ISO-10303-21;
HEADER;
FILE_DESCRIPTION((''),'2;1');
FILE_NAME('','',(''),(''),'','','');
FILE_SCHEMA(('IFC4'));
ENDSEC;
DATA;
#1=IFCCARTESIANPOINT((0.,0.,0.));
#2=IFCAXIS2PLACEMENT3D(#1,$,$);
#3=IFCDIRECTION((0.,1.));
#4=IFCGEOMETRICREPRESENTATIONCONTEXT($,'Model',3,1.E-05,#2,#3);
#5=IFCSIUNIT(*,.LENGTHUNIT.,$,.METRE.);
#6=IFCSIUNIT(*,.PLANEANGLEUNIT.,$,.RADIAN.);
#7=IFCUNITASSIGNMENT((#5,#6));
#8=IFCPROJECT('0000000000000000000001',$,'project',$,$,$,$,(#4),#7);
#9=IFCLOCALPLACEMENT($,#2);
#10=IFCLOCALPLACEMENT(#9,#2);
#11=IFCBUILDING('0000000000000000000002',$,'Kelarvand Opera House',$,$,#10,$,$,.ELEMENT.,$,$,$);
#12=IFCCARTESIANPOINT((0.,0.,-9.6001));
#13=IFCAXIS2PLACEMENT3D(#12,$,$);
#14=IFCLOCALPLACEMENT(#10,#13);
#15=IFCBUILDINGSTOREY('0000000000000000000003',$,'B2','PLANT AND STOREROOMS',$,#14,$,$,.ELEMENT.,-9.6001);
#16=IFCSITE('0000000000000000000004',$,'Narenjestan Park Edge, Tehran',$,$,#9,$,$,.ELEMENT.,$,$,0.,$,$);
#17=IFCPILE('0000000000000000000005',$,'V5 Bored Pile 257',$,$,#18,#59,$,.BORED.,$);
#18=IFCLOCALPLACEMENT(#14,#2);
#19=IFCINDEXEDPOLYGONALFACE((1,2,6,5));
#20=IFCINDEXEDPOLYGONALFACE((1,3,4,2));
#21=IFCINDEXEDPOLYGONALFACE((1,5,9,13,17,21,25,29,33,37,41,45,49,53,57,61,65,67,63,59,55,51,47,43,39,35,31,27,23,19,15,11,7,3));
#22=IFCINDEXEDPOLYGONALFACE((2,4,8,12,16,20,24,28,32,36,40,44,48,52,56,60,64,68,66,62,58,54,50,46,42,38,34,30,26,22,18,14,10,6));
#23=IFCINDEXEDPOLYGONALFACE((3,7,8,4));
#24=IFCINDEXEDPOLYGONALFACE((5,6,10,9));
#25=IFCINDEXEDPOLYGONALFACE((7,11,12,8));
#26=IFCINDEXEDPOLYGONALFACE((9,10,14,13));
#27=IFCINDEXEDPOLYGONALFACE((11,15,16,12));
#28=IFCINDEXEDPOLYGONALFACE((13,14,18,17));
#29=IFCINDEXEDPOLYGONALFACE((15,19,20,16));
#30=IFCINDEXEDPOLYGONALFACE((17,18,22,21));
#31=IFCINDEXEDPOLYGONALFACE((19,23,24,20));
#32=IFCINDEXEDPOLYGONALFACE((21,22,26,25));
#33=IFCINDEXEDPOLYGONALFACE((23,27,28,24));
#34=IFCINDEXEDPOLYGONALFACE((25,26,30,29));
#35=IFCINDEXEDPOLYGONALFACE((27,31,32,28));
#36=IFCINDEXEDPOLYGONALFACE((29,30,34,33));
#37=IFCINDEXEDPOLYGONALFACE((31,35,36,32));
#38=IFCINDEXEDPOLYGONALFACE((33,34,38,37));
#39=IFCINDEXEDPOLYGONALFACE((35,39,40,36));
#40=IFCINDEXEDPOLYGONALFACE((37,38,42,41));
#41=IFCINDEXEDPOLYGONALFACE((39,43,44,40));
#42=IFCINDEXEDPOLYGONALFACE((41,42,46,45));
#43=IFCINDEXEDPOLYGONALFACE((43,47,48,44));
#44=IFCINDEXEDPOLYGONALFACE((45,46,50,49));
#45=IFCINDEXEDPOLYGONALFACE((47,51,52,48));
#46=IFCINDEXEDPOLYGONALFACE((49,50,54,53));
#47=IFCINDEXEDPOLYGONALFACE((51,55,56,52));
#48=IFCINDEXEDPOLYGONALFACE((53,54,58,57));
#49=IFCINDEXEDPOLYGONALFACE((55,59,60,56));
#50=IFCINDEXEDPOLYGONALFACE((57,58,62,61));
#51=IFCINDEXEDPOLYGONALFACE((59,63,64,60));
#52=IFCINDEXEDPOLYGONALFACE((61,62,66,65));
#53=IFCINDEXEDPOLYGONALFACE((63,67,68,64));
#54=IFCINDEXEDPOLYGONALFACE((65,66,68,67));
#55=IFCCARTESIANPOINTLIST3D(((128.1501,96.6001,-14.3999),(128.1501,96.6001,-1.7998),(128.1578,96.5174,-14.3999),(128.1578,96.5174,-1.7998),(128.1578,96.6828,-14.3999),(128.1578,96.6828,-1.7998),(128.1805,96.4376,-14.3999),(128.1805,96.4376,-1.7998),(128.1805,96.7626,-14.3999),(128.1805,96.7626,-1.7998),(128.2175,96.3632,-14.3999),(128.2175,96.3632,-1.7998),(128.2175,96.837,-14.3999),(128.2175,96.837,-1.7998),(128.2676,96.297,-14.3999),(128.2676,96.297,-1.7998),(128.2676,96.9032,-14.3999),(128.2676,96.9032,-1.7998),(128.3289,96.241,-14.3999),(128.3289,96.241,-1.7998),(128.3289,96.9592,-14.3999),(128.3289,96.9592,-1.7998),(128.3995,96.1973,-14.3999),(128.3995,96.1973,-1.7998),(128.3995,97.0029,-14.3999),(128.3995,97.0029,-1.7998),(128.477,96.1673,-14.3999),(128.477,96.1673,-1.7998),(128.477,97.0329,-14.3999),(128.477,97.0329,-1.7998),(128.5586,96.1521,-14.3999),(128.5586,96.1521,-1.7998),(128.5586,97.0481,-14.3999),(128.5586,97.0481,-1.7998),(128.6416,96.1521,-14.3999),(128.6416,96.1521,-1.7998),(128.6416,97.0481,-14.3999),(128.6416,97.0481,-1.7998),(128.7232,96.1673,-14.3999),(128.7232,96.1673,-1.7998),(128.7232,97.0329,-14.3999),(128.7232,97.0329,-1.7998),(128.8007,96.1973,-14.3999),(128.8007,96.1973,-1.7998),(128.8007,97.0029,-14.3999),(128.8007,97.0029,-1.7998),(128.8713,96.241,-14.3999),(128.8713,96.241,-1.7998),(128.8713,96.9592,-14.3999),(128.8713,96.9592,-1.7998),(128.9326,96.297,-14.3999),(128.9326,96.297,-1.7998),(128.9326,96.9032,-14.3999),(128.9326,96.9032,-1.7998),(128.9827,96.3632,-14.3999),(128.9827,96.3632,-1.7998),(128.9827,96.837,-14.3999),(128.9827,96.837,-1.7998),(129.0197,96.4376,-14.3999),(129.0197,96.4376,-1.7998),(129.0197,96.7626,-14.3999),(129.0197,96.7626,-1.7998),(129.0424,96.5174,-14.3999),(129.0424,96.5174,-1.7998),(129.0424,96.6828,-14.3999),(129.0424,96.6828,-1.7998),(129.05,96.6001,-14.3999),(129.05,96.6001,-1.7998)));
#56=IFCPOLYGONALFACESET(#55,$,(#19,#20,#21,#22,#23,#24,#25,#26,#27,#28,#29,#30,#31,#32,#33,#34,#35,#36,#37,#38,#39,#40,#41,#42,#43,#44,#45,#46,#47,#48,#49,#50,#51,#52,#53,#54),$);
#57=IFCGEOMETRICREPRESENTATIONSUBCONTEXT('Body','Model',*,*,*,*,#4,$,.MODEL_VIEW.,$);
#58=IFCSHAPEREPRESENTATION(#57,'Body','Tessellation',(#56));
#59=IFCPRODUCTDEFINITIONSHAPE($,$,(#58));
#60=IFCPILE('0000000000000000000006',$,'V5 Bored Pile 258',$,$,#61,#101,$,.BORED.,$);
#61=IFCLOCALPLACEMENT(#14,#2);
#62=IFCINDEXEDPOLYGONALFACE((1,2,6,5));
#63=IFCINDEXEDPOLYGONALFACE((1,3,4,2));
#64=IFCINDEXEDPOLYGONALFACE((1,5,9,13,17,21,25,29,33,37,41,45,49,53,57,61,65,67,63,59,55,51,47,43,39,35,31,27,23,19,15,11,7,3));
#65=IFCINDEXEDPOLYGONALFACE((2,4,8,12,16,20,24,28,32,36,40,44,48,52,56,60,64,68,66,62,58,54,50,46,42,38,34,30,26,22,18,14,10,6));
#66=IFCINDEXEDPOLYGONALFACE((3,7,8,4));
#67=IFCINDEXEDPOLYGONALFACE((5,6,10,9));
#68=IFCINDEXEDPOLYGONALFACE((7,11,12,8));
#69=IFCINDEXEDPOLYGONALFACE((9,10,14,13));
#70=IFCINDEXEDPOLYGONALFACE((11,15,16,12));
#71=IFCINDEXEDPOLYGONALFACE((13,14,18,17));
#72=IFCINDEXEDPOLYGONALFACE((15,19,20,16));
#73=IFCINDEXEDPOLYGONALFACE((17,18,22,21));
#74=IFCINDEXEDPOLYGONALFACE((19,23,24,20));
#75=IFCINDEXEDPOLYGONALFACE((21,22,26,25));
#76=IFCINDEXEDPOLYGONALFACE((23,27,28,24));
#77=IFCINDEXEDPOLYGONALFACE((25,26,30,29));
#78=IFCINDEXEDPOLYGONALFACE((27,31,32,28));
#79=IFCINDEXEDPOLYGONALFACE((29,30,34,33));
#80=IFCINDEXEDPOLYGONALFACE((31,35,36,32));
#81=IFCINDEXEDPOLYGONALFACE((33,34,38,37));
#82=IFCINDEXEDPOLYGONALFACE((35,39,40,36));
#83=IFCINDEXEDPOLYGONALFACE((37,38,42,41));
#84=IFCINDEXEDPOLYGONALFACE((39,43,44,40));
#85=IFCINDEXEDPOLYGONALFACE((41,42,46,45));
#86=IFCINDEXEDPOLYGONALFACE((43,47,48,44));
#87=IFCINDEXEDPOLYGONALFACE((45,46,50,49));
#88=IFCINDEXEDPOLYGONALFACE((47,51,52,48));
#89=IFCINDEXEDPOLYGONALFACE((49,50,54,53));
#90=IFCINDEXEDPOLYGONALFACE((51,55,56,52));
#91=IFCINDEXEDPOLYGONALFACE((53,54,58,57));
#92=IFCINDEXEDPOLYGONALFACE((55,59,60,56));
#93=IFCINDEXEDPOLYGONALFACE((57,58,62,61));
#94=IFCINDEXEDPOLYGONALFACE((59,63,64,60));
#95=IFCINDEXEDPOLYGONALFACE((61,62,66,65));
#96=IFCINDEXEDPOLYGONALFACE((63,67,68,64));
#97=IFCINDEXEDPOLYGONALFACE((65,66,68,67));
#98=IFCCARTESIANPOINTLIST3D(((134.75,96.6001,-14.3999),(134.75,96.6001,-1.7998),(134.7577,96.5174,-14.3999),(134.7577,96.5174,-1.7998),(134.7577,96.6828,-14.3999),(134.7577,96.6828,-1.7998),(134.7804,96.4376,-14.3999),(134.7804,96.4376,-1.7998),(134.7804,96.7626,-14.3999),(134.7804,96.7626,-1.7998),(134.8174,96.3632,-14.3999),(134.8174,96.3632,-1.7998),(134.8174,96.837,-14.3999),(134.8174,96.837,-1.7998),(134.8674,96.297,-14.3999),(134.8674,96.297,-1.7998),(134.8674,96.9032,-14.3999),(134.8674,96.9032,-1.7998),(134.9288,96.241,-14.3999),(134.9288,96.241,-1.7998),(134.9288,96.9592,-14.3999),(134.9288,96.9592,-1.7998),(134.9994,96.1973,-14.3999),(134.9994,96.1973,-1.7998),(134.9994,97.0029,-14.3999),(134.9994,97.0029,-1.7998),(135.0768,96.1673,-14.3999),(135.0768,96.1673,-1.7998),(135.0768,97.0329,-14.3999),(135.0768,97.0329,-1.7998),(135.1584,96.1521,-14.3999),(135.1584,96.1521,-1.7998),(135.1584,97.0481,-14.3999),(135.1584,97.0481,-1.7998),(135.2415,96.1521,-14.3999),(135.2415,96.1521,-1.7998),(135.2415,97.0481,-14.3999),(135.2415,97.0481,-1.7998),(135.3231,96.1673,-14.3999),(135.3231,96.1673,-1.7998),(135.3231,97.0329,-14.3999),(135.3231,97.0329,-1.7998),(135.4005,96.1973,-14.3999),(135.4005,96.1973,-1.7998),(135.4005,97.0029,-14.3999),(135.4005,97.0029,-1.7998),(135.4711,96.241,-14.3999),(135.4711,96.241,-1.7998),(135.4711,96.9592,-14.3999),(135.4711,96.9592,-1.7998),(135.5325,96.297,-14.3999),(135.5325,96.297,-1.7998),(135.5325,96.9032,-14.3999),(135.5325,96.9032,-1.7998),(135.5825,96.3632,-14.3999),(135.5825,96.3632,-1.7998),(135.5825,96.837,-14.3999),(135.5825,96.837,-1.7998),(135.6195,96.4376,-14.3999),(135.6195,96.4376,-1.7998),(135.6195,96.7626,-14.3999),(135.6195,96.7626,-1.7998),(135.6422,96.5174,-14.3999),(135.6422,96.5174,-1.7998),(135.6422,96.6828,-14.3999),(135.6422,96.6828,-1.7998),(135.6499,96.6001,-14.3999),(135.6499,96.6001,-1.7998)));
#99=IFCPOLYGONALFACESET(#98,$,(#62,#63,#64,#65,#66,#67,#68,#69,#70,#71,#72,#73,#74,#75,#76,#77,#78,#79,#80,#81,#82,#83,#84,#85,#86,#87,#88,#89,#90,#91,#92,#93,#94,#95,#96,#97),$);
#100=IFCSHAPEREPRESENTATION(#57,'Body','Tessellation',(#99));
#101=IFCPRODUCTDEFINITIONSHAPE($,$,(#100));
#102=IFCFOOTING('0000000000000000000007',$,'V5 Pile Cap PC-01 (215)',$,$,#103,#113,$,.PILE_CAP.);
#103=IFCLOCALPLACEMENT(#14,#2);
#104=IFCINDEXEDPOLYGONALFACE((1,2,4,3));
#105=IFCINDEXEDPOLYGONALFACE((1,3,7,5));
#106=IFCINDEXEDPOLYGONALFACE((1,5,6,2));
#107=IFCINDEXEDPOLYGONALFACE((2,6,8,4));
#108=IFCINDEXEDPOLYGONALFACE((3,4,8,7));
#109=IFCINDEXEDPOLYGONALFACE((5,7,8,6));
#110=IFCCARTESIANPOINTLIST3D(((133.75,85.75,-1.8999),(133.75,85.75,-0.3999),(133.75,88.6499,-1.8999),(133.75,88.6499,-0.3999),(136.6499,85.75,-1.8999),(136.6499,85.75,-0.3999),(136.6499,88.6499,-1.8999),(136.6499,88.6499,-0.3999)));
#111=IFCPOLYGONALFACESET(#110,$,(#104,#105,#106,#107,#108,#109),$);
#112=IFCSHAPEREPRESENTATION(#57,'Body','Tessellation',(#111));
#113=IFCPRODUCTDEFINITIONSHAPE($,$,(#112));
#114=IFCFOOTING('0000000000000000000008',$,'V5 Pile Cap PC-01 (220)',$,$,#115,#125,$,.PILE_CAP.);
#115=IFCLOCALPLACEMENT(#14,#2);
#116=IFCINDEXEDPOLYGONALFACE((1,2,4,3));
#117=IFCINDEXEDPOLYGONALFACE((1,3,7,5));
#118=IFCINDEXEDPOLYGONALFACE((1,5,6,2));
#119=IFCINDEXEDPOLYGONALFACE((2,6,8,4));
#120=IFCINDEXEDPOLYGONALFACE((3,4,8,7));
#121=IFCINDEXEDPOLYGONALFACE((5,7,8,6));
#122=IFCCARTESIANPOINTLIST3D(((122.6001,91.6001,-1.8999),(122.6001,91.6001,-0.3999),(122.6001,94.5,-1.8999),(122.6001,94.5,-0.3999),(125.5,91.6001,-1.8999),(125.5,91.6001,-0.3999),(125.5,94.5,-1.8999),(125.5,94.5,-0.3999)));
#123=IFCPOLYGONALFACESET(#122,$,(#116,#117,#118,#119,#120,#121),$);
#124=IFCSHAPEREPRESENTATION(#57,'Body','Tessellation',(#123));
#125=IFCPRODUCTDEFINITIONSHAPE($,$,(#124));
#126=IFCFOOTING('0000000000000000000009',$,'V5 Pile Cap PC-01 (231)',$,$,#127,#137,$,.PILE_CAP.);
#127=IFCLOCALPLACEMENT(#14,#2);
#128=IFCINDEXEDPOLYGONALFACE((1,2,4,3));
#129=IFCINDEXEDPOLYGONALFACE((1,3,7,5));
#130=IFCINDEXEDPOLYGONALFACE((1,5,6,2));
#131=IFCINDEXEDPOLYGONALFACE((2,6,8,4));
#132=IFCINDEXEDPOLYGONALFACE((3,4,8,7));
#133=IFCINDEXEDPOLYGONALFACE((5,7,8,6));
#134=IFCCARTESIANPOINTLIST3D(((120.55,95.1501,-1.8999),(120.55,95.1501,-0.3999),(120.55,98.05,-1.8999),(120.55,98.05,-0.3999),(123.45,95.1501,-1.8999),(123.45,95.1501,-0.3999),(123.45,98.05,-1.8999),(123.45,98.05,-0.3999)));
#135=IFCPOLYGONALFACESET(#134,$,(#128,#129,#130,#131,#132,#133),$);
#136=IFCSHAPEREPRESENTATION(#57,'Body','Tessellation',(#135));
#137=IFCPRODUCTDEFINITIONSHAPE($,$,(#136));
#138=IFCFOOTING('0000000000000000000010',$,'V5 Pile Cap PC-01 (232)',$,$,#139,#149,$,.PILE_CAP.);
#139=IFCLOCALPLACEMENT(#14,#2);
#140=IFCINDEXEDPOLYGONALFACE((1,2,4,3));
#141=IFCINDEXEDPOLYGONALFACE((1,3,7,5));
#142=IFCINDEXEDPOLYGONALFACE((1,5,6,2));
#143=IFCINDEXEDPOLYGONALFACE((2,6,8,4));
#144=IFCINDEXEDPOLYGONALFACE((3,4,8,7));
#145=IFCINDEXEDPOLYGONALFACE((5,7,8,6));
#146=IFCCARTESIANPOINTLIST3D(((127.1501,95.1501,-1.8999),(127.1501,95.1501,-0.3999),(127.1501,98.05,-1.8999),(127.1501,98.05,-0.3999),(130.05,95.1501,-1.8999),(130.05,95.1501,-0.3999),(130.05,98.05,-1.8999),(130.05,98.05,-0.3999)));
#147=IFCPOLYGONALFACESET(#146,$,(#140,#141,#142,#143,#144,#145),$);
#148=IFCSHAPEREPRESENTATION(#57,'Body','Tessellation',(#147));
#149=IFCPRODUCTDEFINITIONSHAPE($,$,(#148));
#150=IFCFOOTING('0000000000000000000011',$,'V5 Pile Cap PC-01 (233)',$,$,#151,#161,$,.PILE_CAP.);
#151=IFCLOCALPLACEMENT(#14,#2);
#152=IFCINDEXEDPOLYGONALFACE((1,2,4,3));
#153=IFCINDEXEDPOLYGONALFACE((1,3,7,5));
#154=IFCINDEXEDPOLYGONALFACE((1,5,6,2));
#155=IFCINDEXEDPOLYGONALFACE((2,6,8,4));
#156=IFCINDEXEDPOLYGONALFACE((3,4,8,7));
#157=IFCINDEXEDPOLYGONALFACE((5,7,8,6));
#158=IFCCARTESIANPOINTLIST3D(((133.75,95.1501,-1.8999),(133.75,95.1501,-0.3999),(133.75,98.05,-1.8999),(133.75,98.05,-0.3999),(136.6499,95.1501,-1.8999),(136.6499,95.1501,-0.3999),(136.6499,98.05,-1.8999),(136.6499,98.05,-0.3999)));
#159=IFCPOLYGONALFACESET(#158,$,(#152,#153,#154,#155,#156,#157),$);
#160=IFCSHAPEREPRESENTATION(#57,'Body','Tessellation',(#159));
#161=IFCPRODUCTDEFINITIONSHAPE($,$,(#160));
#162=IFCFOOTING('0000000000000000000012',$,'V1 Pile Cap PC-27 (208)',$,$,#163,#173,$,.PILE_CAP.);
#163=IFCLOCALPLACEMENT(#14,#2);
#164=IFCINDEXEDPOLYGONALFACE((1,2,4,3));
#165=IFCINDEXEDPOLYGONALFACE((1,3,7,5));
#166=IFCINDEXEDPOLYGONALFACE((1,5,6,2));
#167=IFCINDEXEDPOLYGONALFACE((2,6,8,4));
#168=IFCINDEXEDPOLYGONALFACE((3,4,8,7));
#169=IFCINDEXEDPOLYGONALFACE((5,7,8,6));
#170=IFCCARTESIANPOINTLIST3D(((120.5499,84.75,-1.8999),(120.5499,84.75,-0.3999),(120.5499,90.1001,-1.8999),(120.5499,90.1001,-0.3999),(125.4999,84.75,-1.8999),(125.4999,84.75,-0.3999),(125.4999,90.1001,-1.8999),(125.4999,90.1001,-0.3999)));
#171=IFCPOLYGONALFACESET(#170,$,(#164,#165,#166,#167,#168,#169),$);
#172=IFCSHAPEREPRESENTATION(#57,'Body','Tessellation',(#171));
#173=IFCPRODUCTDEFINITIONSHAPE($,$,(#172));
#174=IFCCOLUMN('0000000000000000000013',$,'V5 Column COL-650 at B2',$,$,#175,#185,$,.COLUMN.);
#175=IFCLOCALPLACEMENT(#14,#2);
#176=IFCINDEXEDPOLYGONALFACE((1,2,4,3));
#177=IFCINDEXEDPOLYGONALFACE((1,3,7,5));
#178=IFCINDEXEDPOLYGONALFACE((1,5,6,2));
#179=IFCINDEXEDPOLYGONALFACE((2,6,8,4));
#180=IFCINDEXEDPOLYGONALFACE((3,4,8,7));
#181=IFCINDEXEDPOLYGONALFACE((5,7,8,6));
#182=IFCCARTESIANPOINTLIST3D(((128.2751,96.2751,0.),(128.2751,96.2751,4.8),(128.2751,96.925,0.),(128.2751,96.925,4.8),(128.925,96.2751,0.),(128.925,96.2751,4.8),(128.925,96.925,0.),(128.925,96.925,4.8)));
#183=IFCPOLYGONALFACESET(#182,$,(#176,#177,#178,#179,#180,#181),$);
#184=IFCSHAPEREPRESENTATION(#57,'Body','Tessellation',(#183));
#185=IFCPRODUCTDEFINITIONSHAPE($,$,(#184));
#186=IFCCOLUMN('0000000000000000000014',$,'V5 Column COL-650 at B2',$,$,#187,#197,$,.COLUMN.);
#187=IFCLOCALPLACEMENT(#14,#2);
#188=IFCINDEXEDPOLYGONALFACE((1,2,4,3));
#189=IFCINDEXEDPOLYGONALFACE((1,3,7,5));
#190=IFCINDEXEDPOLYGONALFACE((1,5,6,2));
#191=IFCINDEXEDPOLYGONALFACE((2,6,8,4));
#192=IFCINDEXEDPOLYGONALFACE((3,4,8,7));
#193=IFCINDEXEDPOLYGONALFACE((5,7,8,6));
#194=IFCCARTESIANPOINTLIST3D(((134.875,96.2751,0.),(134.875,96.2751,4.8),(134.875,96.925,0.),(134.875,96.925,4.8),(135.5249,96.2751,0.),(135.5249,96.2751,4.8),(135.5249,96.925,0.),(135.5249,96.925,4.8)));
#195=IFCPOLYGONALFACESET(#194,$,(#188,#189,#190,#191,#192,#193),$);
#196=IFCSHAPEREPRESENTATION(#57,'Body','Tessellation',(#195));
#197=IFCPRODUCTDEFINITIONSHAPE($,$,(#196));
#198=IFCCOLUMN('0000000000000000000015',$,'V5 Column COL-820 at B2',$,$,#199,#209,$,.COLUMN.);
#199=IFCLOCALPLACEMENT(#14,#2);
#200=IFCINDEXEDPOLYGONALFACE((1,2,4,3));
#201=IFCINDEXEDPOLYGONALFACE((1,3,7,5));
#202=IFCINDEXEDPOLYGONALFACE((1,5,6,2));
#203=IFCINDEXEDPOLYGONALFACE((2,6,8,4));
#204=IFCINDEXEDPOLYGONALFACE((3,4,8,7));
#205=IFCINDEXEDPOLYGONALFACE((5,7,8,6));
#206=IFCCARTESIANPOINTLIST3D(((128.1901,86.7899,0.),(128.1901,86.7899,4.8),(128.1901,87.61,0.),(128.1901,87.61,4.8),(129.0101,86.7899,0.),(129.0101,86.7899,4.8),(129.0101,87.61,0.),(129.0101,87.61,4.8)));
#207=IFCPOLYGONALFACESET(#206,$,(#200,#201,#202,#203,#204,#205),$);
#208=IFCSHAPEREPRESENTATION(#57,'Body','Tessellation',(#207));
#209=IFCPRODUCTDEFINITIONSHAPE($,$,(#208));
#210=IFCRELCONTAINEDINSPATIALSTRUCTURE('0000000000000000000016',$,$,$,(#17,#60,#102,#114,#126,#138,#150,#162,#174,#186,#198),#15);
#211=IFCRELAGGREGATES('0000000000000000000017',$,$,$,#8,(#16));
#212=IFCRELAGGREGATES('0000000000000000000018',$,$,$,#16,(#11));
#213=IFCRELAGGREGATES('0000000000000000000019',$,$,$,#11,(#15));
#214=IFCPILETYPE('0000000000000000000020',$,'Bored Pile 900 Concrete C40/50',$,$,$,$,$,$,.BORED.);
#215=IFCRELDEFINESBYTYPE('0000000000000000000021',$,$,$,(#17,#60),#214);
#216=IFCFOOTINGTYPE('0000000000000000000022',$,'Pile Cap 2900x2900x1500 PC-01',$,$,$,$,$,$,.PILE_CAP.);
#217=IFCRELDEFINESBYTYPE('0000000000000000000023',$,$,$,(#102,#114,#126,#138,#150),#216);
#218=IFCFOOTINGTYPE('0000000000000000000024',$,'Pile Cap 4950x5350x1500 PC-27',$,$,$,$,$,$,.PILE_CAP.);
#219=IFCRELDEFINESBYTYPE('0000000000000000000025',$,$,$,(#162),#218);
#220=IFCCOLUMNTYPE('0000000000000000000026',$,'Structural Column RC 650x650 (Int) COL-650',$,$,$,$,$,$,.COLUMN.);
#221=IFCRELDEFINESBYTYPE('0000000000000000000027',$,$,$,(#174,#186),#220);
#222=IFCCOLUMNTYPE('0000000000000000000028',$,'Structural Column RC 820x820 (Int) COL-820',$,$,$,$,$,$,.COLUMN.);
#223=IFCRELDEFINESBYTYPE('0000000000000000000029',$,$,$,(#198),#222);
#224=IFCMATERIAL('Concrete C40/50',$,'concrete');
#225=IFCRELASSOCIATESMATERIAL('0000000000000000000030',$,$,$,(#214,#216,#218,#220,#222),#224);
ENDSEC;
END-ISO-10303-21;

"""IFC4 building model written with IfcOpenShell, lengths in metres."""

from ifc_helpers import new_model, si_unit, direction, frame, origin, origin_2d, place, context, subcontext, project, spatial, rectangle, circle, extrude, material, material_profile, profile_set, type_object, element, save


model = new_model("IFC4")

# Units and contexts
model_context = context("Model", 3, precision=1e-05, world=origin(), true_north=direction((0.0, 1.0)))
body_context = subcontext(model_context, "Body", "Model", "MODEL_VIEW")
ifc_project = project(units=[si_unit("LENGTHUNIT", "METRE"), si_unit("PLANEANGLEUNIT", "RADIAN")], contexts=[model_context])

# Site, building, storey
site_placement = place(None, origin())
site = spatial("IfcSite", under=ifc_project, at=site_placement, Name="Narenjestan Park Edge, Tehran", CompositionType="ELEMENT", RefElevation=0.0)
building_placement = place(site_placement, origin())
building = spatial("IfcBuilding", under=site, at=building_placement, Name="Kelarvand Opera House", CompositionType="ELEMENT")
storey_placement = place(building_placement, frame((0.0, 0.0, -9.6001)))
storey = spatial("IfcBuildingStorey", under=building, at=storey_placement, Name="B2", Description="PLANT AND STOREROOMS", CompositionType="ELEMENT", Elevation=-9.6001)

# Piles
ifc_material_1 = material(Name="Concrete C40/50", Category="concrete")
ifc_material_profile_1 = material_profile(ifc_material_1, circle(Radius=0.45, at=origin_2d()), Name="BP 900", Category="concrete")
ifc_profile_set_1 = profile_set([ifc_material_profile_1], Name="Concrete C40/50")
pile_type_1 = type_object("IfcPileType", Name="Bored Pile 900 Concrete C40/50", PredefinedType="BORED", material=ifc_profile_set_1)
for number, where, z_axis, x_axis, name in (
    (1, (128.6001, 96.6001, -1.7998), (0.0, 0.0, -1.0), (1.0, 0.0, 0.0), "V5 Bored Pile 257"),
    (2, (135.2, 96.6001, -1.7998), (0.0, 0.0, -1.0), (1.0, 0.0, 0.0), "V5 Bored Pile 258"),
):
    element("IfcPile", number, at=place(storey_placement, frame(where, z_axis=z_axis, x_axis=x_axis)), inside=storey, type_object=pile_type_1, Name=name, PredefinedType="BORED", context=body_context, shape_type="SweptSolid", body=[
        extrude(circle(Radius=0.45, at=origin_2d()), origin(), (0.0, 0.0, 1.0), 12.6001),
    ])

# Footings
footing_type_1 = type_object("IfcFootingType", Name="Pile Cap 2900x2900x1500 PC-01", PredefinedType="PILE_CAP", material=ifc_material_1)
for number, where, z_axis, x_axis, name in (
    (3, (135.2, 87.2, -1.8999), (0.0, 0.0, 1.0), (1.0, 0.0, 0.0), "V5 Pile Cap PC-01 (215)"),
    (4, (124.05, 93.05, -1.8999), (0.0, 0.0, 1.0), (1.0, 0.0, 0.0), "V5 Pile Cap PC-01 (220)"),
    (5, (122.0, 96.6001, -1.8999), (0.0, 0.0, 1.0), (1.0, 0.0, 0.0), "V5 Pile Cap PC-01 (231)"),
    (6, (128.6001, 96.6001, -1.8999), (0.0, 0.0, 1.0), (1.0, 0.0, 0.0), "V5 Pile Cap PC-01 (232)"),
    (7, (135.2, 96.6001, -1.8999), (0.0, 0.0, 1.0), (1.0, 0.0, 0.0), "V5 Pile Cap PC-01 (233)"),
):
    element("IfcFooting", number, at=place(storey_placement, frame(where, z_axis=z_axis, x_axis=x_axis)), inside=storey, type_object=footing_type_1, Name=name, PredefinedType="PILE_CAP", context=body_context, shape_type="SweptSolid", body=[
        extrude(rectangle(XDim=2.8999, YDim=2.8999, at=origin_2d()), origin(), (0.0, 0.0, 1.0), 1.5),
    ])
footing_type_2 = type_object("IfcFootingType", Name="Pile Cap 4950x5350x1500 PC-27", PredefinedType="PILE_CAP", material=ifc_material_1)
footing_placement = place(storey_placement, frame((123.0249, 87.425, -1.8999), z_axis=(0.0, 0.0, 1.0), x_axis=(1.0, 0.0, 0.0)))
element("IfcFooting", 8, at=footing_placement, inside=storey, type_object=footing_type_2, Name="V1 Pile Cap PC-27 (208)", PredefinedType="PILE_CAP", context=body_context, shape_type="SweptSolid", body=[
    extrude(rectangle(XDim=4.95, YDim=5.3501, at=origin_2d()), origin(), (0.0, 0.0, 1.0), 1.5),
])

# Columns
ifc_material_profile_2 = material_profile(ifc_material_1, rectangle(XDim=0.6499, YDim=0.6499, at=origin_2d()), Name="RC 650x650", Category="concrete")
ifc_profile_set_2 = profile_set([ifc_material_profile_2], Name="Concrete C40/50")
column_type_1 = type_object("IfcColumnType", Name="Structural Column RC 650x650 (Int) COL-650", PredefinedType="COLUMN", material=ifc_profile_set_2)
for number, where, z_axis, x_axis, name in (
    (9, (128.6001, 96.6001, 0.0), (0.0, 0.0, 1.0), (1.0, 0.0, 0.0), "V5 Column COL-650 at B2"),
    (10, (135.2, 96.6001, 0.0), (0.0, 0.0, 1.0), (1.0, 0.0, 0.0), "V5 Column COL-650 at B2"),
):
    element("IfcColumn", number, at=place(storey_placement, frame(where, z_axis=z_axis, x_axis=x_axis)), inside=storey, type_object=column_type_1, Name=name, PredefinedType="COLUMN", context=body_context, shape_type="SweptSolid", body=[
        extrude(rectangle(XDim=0.6499, YDim=0.6499, at=origin_2d()), origin(), (0.0, 0.0, 1.0), 4.8),
    ])
ifc_material_profile_3 = material_profile(ifc_material_1, rectangle(XDim=0.8201, YDim=0.8201, at=origin_2d()), Name="RC 820x820", Category="concrete")
ifc_profile_set_3 = profile_set([ifc_material_profile_3], Name="Concrete C40/50")
column_type_2 = type_object("IfcColumnType", Name="Structural Column RC 820x820 (Int) COL-820", PredefinedType="COLUMN", material=ifc_profile_set_3)
for number, where, z_axis, x_axis, name in (
    (11, (128.6001, 87.2, 0.0), (0.0, 0.0, 1.0), (1.0, 0.0, 0.0), "V5 Column COL-820 at B2"),
):
    element("IfcColumn", number, at=place(storey_placement, frame(where, z_axis=z_axis, x_axis=x_axis)), inside=storey, type_object=column_type_2, Name=name, PredefinedType="COLUMN", context=body_context, shape_type="SweptSolid", body=[
        extrude(rectangle(XDim=0.8201, YDim=0.8201, at=origin_2d()), origin(), (0.0, 0.0, 1.0), 4.8),
    ])

save(model, "model.ifc")
